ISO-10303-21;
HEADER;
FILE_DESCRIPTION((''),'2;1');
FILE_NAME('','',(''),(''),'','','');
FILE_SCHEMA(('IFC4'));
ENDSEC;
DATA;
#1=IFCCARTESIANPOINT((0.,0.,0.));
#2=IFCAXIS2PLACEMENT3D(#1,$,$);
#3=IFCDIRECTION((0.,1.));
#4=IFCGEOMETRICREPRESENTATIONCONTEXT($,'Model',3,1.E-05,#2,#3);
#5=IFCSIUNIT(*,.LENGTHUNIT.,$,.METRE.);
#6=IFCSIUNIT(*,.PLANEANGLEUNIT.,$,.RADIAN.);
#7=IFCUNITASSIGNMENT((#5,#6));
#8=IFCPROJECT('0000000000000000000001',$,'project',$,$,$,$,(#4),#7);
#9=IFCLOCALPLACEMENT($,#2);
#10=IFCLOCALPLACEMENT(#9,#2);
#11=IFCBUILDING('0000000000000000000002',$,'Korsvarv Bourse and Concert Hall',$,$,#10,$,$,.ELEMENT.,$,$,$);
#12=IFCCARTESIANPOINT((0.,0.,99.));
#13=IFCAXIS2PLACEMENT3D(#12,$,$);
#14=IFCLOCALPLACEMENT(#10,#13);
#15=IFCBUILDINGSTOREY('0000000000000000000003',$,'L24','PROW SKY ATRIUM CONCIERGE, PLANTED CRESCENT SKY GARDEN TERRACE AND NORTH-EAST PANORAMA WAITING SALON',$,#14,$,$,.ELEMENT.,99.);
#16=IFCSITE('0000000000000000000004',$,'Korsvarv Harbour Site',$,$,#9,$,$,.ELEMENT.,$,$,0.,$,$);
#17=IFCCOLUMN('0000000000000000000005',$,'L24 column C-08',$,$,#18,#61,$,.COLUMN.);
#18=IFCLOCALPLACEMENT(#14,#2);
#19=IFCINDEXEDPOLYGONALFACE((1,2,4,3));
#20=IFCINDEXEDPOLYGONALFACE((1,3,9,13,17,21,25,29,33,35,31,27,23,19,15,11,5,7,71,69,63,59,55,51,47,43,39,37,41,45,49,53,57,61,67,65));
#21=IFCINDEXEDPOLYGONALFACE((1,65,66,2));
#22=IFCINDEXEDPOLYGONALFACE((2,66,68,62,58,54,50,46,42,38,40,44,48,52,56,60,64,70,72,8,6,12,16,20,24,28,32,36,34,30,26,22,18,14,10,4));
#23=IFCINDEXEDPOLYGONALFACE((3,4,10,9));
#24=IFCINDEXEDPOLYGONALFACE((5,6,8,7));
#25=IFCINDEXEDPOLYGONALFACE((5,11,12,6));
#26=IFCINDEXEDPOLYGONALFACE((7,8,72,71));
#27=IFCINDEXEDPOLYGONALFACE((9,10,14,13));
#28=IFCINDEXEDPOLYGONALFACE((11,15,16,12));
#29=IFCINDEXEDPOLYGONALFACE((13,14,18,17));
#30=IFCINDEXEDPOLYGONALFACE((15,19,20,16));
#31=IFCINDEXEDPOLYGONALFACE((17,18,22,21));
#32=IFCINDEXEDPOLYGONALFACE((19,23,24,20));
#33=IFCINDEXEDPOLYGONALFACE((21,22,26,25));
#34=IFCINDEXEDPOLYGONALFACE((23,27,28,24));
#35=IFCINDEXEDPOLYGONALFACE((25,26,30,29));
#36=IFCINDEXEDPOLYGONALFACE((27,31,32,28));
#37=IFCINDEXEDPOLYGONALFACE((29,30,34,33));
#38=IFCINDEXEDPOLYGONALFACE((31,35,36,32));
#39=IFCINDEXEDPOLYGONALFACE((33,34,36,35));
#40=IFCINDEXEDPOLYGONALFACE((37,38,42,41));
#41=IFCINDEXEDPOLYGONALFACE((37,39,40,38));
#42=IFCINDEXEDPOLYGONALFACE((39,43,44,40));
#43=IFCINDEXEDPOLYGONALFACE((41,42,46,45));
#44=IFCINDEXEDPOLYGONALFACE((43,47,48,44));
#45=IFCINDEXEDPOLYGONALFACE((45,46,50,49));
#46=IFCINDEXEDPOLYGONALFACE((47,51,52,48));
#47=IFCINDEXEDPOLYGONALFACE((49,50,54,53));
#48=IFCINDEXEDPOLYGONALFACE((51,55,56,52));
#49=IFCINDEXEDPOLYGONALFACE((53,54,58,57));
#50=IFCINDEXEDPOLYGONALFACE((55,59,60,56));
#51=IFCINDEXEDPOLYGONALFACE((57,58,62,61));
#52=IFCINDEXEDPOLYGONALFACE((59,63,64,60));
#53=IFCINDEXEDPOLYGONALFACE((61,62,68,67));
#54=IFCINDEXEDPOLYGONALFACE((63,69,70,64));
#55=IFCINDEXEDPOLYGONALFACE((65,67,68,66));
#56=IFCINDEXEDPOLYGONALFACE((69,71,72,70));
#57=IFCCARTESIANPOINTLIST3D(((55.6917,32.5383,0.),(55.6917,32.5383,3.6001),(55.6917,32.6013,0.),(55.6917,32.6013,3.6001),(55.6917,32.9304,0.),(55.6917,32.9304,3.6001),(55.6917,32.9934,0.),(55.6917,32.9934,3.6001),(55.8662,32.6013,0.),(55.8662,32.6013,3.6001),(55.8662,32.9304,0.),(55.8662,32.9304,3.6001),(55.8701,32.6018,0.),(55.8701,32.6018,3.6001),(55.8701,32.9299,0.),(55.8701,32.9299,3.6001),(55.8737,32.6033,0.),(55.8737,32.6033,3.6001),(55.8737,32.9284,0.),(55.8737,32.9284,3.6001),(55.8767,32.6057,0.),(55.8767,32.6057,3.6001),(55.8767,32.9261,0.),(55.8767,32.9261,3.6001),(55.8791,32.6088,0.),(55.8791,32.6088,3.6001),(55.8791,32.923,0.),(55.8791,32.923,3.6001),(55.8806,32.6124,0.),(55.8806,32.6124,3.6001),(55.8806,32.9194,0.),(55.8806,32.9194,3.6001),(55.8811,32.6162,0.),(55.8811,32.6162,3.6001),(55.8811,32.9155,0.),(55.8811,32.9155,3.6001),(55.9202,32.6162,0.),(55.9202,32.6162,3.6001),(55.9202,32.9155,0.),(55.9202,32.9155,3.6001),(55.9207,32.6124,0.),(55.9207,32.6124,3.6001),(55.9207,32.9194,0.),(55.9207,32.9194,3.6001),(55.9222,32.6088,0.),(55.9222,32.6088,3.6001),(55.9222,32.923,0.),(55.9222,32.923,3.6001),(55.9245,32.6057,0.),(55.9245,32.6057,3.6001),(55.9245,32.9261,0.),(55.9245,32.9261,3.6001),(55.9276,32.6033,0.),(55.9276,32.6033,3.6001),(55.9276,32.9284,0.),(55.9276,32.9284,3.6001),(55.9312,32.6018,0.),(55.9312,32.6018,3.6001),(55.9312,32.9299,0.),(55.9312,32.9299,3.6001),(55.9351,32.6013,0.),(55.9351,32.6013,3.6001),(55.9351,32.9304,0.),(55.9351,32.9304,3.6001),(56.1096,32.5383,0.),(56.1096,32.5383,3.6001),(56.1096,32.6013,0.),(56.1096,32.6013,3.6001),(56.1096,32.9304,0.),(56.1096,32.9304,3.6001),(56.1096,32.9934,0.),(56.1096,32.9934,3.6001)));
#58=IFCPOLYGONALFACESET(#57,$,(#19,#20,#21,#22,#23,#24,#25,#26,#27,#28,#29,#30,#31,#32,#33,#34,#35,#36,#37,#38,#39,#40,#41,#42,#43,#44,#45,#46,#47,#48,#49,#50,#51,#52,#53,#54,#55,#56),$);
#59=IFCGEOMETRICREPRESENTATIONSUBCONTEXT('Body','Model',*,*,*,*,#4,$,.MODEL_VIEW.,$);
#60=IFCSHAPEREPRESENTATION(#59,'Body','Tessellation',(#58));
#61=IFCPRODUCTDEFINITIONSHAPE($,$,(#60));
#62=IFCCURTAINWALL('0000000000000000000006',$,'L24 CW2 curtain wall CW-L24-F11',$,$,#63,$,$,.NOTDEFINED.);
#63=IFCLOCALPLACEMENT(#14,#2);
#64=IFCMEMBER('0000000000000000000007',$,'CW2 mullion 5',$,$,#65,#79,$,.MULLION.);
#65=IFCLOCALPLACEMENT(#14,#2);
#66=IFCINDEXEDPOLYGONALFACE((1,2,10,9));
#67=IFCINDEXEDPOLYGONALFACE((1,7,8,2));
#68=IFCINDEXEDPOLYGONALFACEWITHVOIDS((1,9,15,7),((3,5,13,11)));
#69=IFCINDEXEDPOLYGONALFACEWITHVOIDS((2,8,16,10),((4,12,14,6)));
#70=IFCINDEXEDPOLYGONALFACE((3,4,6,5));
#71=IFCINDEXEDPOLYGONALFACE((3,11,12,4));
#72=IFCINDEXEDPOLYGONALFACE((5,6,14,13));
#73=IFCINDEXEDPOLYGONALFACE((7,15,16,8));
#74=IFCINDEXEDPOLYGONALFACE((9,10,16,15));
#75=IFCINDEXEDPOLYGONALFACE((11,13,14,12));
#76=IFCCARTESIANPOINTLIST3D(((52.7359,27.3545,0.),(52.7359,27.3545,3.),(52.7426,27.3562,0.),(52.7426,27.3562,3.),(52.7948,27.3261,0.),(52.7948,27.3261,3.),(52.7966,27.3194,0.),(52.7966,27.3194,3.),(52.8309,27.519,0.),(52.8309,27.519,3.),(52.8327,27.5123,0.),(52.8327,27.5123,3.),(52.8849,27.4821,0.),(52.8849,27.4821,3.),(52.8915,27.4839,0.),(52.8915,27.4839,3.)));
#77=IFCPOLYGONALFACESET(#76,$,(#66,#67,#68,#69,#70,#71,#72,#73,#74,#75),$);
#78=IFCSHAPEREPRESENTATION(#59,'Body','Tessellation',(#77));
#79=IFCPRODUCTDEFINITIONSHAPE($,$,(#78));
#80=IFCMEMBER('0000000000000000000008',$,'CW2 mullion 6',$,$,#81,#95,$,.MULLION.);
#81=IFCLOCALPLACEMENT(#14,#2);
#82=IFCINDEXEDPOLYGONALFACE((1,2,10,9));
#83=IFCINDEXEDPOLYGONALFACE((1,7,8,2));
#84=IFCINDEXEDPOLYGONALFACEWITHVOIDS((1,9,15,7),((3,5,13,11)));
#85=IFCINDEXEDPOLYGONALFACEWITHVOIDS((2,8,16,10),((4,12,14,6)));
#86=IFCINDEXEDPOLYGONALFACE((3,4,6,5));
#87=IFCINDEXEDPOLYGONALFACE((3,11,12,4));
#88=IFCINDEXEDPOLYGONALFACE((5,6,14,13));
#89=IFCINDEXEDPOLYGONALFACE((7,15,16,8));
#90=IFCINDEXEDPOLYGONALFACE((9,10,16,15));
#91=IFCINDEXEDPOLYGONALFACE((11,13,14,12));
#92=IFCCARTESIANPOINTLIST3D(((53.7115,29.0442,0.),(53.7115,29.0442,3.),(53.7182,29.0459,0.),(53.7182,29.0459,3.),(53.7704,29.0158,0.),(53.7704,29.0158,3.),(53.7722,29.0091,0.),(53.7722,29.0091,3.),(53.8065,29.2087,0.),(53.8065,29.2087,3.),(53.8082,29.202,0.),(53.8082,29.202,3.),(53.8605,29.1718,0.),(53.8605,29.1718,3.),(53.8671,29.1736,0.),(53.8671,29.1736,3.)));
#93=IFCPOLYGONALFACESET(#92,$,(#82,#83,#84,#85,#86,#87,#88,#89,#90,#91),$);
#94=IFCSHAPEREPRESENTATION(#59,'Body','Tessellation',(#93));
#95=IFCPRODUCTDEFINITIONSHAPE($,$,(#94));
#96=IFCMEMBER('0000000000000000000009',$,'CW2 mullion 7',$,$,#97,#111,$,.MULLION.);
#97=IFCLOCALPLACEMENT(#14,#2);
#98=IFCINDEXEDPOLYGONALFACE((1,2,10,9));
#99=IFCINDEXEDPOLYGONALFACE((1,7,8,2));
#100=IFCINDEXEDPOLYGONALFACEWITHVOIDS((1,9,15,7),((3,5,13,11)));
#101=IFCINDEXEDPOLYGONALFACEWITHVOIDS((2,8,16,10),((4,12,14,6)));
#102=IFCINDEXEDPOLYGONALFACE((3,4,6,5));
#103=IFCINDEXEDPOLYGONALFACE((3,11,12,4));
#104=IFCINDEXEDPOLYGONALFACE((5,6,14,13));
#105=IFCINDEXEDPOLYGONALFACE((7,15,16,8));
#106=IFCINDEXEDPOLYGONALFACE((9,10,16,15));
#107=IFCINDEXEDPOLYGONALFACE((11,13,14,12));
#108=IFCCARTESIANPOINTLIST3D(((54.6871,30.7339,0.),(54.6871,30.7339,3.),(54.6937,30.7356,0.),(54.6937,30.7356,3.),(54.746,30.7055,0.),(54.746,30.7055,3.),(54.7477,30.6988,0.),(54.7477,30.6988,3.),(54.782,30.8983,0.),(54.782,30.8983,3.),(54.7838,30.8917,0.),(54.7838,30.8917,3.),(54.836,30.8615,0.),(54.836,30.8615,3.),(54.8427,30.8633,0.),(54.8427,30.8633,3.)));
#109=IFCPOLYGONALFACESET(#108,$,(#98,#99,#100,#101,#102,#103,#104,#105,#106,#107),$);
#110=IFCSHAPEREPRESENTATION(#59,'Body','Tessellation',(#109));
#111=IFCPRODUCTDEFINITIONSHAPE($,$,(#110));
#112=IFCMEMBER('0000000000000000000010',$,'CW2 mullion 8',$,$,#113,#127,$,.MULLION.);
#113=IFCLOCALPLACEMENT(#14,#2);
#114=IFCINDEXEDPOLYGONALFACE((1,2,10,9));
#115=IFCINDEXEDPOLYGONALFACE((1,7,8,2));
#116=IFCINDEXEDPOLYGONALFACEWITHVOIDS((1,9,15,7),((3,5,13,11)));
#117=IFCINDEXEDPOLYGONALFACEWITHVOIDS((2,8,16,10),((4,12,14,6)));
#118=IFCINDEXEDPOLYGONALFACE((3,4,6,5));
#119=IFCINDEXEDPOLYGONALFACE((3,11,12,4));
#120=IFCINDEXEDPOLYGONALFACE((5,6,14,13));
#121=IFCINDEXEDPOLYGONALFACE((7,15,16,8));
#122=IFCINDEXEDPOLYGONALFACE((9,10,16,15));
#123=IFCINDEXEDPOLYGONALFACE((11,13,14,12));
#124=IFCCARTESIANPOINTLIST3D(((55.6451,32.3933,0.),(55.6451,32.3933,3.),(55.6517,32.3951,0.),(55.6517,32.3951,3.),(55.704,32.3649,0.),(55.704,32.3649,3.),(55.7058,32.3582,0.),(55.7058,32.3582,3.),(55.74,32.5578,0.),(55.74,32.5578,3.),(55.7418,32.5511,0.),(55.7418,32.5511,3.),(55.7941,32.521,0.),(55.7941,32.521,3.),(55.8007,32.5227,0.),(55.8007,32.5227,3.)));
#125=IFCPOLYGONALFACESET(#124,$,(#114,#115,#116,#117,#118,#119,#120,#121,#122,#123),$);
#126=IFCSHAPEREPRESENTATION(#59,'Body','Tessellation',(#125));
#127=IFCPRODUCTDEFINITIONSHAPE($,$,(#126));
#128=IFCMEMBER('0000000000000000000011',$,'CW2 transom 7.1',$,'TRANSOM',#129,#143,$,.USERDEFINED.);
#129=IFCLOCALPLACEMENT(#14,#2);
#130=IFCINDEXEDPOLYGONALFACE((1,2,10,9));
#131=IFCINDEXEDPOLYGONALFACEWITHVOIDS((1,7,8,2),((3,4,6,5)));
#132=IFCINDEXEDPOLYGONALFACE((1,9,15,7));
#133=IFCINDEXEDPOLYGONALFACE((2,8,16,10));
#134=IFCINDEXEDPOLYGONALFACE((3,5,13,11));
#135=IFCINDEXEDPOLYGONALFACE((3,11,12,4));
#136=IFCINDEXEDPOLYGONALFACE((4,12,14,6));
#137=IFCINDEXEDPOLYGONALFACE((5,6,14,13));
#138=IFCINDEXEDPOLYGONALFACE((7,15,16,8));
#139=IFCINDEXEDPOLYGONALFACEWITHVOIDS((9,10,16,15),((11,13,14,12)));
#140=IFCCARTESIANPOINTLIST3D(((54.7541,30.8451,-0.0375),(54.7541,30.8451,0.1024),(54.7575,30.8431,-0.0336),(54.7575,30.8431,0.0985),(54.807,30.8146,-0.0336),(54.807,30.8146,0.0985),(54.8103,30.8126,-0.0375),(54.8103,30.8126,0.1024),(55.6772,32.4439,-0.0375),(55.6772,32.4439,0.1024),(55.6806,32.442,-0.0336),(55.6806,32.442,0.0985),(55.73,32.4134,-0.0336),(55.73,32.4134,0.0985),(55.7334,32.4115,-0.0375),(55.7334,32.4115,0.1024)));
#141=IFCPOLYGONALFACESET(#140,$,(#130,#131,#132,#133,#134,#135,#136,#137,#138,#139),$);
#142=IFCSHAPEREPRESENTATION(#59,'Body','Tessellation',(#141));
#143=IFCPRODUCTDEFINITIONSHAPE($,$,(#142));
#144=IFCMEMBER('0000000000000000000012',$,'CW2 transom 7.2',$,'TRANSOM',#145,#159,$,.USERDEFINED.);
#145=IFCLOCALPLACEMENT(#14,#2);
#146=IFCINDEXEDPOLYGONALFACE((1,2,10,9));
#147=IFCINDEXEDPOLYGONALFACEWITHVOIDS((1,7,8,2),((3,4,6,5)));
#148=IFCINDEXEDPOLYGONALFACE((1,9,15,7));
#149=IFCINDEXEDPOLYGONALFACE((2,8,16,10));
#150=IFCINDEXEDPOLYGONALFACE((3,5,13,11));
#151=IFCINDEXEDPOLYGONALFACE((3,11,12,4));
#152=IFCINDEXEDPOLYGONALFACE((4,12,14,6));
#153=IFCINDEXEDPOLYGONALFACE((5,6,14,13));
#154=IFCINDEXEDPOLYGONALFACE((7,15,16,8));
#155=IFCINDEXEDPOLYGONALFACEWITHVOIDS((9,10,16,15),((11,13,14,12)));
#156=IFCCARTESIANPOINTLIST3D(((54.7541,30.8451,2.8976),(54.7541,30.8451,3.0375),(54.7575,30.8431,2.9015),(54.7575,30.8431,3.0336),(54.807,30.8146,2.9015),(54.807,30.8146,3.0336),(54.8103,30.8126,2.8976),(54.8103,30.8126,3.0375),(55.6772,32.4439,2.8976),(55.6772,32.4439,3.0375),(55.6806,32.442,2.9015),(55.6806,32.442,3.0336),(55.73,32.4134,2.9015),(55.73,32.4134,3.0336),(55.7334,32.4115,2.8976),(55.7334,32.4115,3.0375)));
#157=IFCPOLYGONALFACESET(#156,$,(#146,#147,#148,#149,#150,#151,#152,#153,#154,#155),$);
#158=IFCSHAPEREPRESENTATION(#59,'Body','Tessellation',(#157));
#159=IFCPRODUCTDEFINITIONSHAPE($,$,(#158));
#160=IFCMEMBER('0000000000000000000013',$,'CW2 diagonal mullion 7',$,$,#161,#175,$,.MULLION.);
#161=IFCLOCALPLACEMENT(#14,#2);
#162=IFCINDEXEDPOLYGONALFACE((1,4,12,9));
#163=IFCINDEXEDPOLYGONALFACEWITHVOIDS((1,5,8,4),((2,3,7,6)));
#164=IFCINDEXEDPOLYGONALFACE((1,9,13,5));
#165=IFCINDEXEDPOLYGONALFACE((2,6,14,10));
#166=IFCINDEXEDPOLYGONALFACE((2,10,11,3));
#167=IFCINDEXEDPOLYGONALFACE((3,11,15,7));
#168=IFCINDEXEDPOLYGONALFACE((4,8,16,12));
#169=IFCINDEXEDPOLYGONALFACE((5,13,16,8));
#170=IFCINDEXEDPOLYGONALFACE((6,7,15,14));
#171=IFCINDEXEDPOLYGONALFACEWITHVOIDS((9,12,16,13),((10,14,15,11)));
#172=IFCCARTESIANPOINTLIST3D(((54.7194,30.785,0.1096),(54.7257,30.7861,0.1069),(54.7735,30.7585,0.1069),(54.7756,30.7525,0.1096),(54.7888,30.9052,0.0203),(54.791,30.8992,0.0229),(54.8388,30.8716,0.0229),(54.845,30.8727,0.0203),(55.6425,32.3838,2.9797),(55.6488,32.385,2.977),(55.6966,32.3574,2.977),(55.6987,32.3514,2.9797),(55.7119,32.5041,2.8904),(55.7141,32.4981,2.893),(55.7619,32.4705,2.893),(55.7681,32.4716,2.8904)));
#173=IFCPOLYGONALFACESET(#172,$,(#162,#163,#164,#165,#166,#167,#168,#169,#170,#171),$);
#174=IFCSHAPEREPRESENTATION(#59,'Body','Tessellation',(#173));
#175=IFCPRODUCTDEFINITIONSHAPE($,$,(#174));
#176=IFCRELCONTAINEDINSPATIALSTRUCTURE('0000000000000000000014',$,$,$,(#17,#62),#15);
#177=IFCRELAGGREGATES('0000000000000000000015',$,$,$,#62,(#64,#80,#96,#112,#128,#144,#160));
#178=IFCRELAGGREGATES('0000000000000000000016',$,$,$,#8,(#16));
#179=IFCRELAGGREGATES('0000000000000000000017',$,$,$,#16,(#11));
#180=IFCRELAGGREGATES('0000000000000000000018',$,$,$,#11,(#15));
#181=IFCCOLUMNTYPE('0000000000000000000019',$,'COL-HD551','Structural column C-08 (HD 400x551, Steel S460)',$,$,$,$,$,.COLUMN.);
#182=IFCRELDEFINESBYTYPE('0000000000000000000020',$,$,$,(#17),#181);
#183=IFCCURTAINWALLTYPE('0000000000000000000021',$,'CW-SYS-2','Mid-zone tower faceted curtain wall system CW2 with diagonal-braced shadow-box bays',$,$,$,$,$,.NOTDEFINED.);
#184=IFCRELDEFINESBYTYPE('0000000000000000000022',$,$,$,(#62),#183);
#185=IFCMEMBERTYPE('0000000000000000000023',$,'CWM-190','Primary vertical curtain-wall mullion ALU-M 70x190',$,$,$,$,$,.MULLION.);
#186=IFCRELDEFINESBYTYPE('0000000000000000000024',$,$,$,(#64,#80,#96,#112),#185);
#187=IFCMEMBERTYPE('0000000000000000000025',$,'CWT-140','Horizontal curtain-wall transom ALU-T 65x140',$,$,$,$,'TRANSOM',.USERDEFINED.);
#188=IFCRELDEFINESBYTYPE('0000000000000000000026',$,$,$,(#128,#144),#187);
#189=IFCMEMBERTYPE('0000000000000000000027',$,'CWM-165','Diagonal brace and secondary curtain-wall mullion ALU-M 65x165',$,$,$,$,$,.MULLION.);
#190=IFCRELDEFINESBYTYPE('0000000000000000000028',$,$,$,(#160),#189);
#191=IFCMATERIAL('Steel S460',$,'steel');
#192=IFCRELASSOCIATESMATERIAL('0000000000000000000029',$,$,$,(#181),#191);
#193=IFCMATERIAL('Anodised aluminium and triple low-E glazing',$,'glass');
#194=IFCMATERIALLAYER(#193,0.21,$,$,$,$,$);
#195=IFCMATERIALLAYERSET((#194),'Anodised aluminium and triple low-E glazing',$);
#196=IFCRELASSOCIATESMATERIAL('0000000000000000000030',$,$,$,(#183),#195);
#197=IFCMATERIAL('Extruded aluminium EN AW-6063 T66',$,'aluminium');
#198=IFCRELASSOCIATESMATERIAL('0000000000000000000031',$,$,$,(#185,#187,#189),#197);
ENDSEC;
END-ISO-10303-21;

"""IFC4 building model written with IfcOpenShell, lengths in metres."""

from ifc_helpers import new_model, si_unit, direction, frame, origin, origin_2d, place, context, subcontext, project, spatial, hollow_rectangle, i_section, extrude, source, transform, mapped, material, layer, layer_set, material_profile, profile_set, type_object, element, aggregate, save


model = new_model("IFC4")

# Units and contexts
model_context = context("Model", 3, precision=1e-05, world=origin(), true_north=direction((0.0, 1.0)))
body_context = subcontext(model_context, "Body", "Model", "MODEL_VIEW")
ifc_project = project(units=[si_unit("LENGTHUNIT", "METRE"), si_unit("PLANEANGLEUNIT", "RADIAN")], contexts=[model_context])

# Site, building, storey
site_placement = place(None, origin())
site = spatial("IfcSite", under=ifc_project, at=site_placement, Name="Korsvarv Harbour Site", CompositionType="ELEMENT", RefElevation=0.0)
building_placement = place(site_placement, origin())
building = spatial("IfcBuilding", under=site, at=building_placement, Name="Korsvarv Bourse and Concert Hall", CompositionType="ELEMENT")
storey_placement = place(building_placement, frame((0.0, 0.0, 99.0)))
storey = spatial("IfcBuildingStorey", under=building, at=storey_placement, Name="L24", Description="PROW SKY ATRIUM CONCIERGE, PLANTED CRESCENT SKY GARDEN TERRACE AND NORTH-EAST PANORAMA WAITING SALON", CompositionType="ELEMENT", Elevation=99.0)

# Column
ifc_material_1 = material(Name="Steel S460", Category="steel")
ifc_material_profile_1 = material_profile(ifc_material_1, i_section(OverallWidth=0.418, OverallDepth=0.4551, WebThickness=0.0391, FlangeThickness=0.063, FilletRadius=0.0149, at=origin_2d()), Name="HD 400x551")
ifc_profile_set_1 = profile_set([ifc_material_profile_1], Name="Steel S460")
column_type = type_object("IfcColumnType", Name="COL-HD551", Description="Structural column C-08 (HD 400x551, Steel S460)", PredefinedType="COLUMN", material=ifc_profile_set_1)
shared_shape_1 = source(origin(), body_context, "Body", "SweptSolid", [
    extrude(i_section(OverallWidth=0.418, OverallDepth=0.4551, WebThickness=0.0391, FlangeThickness=0.063, FilletRadius=0.0149, at=origin_2d()), origin(), (0.0, 0.0, 1.0), 3.6001),
])
column_placement = place(storey_placement, frame((55.9006, 32.7659, 0.0), z_axis=(0.0, 0.0, 1.0), x_axis=(1.0, 0.0, 0.0)))
element("IfcColumn", 1, at=column_placement, inside=storey, type_object=column_type, Name="L24 column C-08", PredefinedType="COLUMN", context=body_context, shape_type="MappedRepresentation", body=[
    mapped(shared_shape_1, transform((0.0, 0.0, 0.0), scale=1.0)),
])

# Curtain wall, members
ifc_material_2 = material(Name="Anodised aluminium and triple low-E glazing", Category="glass")
ifc_layer_1 = layer(ifc_material_2, 0.21)
ifc_layer_set_1 = layer_set([ifc_layer_1], Name="Anodised aluminium and triple low-E glazing")
curtain_wall_type = type_object("IfcCurtainWallType", Name="CW-SYS-2", Description="Mid-zone tower faceted curtain wall system CW2 with diagonal-braced shadow-box bays", PredefinedType="NOTDEFINED", material=ifc_layer_set_1)
curtain_wall_placement = place(storey_placement, origin())
curtain_wall = element("IfcCurtainWall", 2, at=curtain_wall_placement, inside=storey, type_object=curtain_wall_type, Name="L24 CW2 curtain wall CW-L24-F11", PredefinedType="NOTDEFINED")
ifc_material_3 = material(Name="Extruded aluminium EN AW-6063 T66", Category="aluminium")
ifc_material_profile_2 = material_profile(ifc_material_3, hollow_rectangle(XDim=0.0701, YDim=0.1899, WallThickness=0.0049, at=origin_2d()), Name="ALU-M 70x190")
ifc_profile_set_2 = profile_set([ifc_material_profile_2], Name="Extruded aluminium EN AW-6063 T66")
member_type_1 = type_object("IfcMemberType", Name="CWM-190", Description="Primary vertical curtain-wall mullion ALU-M 70x190", PredefinedType="MULLION", material=ifc_profile_set_2)
shared_shape_2 = source(origin(), body_context, "Body", "SweptSolid", [
    extrude(hollow_rectangle(XDim=0.0701, YDim=0.1899, WallThickness=0.0049, at=origin_2d()), origin(), (0.0, 0.0, 1.0), 3.0),
])
member_1_placement = place(storey_placement, frame((52.8137, 27.4192, 0.0), z_axis=(0.0, 0.0, 1.0), x_axis=(-0.866024, 0.500002, 0.0)))
member_1 = element("IfcMember", 3, at=member_1_placement, type_object=member_type_1, Name="CW2 mullion 5", PredefinedType="MULLION", context=body_context, shape_type="MappedRepresentation", body=[
    mapped(shared_shape_2, transform((0.0, 0.0, 0.0), scale=1.0)),
])
member_2_placement = place(storey_placement, frame((53.7893, 29.1089, 0.0), z_axis=(0.0, 0.0, 1.0), x_axis=(-0.866024, 0.500002, 0.0)))
member_2 = element("IfcMember", 4, at=member_2_placement, type_object=member_type_1, Name="CW2 mullion 6", PredefinedType="MULLION", context=body_context, shape_type="MappedRepresentation", body=[
    mapped(shared_shape_2, transform((0.0, 0.0, 0.0), scale=1.0)),
])
member_3_placement = place(storey_placement, frame((54.7649, 30.7986, 0.0), z_axis=(0.0, 0.0, 1.0), x_axis=(-0.866024, 0.500002, 0.0)))
member_3 = element("IfcMember", 5, at=member_3_placement, type_object=member_type_1, Name="CW2 mullion 7", PredefinedType="MULLION", context=body_context, shape_type="MappedRepresentation", body=[
    mapped(shared_shape_2, transform((0.0, 0.0, 0.0), scale=1.0)),
])
member_4_placement = place(storey_placement, frame((55.7229, 32.458, 0.0), z_axis=(0.0, 0.0, 1.0), x_axis=(-0.866024, 0.500002, 0.0)))
member_4 = element("IfcMember", 6, at=member_4_placement, type_object=member_type_1, Name="CW2 mullion 8", PredefinedType="MULLION", context=body_context, shape_type="MappedRepresentation", body=[
    mapped(shared_shape_2, transform((0.0, 0.0, 0.0), scale=1.0)),
])
ifc_material_profile_3 = material_profile(ifc_material_3, hollow_rectangle(XDim=0.0649, YDim=0.1399, WallThickness=0.0039, at=origin_2d()), Name="ALU-T 65x140")
ifc_profile_set_3 = profile_set([ifc_material_profile_3], Name="Extruded aluminium EN AW-6063 T66")
member_type_2 = type_object("IfcMemberType", Name="CWT-140", Description="Horizontal curtain-wall transom ALU-T 65x140", ElementType="TRANSOM", PredefinedType="USERDEFINED", material=ifc_profile_set_3)
shared_shape_3 = source(origin(), body_context, "Body", "SweptSolid", [
    extrude(hollow_rectangle(XDim=0.0649, YDim=0.1399, WallThickness=0.0039, at=origin_2d()), origin(), (0.0, 0.0, 1.0), 1.8462),
])
member_5_placement = place(storey_placement, frame((54.7822, 30.8289, 0.0325), z_axis=(0.499993, 0.866029, 0.0), x_axis=(-0.866029, 0.499993, 0.0)))
member_5 = element("IfcMember", 7, at=member_5_placement, type_object=member_type_2, Name="CW2 transom 7.1", ObjectType="TRANSOM", PredefinedType="USERDEFINED", context=body_context, shape_type="MappedRepresentation", body=[
    mapped(shared_shape_3, transform((0.0, 0.0, 0.0), scale=1.0)),
])
member_6_placement = place(storey_placement, frame((54.7822, 30.8289, 2.9675), z_axis=(0.499993, 0.866029, 0.0), x_axis=(-0.866029, 0.499993, 0.0)))
member_6 = element("IfcMember", 8, at=member_6_placement, type_object=member_type_2, Name="CW2 transom 7.2", ObjectType="TRANSOM", PredefinedType="USERDEFINED", context=body_context, shape_type="MappedRepresentation", body=[
    mapped(shared_shape_3, transform((0.0, 0.0, 0.0), scale=1.0)),
])
ifc_material_profile_4 = material_profile(ifc_material_3, hollow_rectangle(XDim=0.0649, YDim=0.165, WallThickness=0.0049, at=origin_2d()), Name="ALU-M 65x165")
ifc_profile_set_4 = profile_set([ifc_material_profile_4], Name="Extruded aluminium EN AW-6063 T66")
member_type_3 = type_object("IfcMemberType", Name="CWM-165", Description="Diagonal brace and secondary curtain-wall mullion ALU-M 65x165", PredefinedType="MULLION", material=ifc_profile_set_4)
shared_shape_4 = source(origin(), body_context, "Body", "SweptSolid", [
    extrude(hollow_rectangle(XDim=0.0649, YDim=0.165, WallThickness=0.0049, at=origin_2d()), origin(), (0.0, 0.0, 1.0), 3.4126),
])
member_7_placement = place(storey_placement, frame((54.7822, 30.8289, 0.0649), z_axis=(0.270493, 0.468517, 0.841026), x_axis=(-0.866029, 0.499993, 0.0)))
member_7 = element("IfcMember", 9, at=member_7_placement, type_object=member_type_3, Name="CW2 diagonal mullion 7", PredefinedType="MULLION", context=body_context, shape_type="MappedRepresentation", body=[
    mapped(shared_shape_4, transform((0.0, 0.0, 0.0), scale=1.0)),
])
aggregate(curtain_wall, [member_1, member_2, member_3, member_4, member_5, member_6, member_7])

save(model, "model.ifc")
